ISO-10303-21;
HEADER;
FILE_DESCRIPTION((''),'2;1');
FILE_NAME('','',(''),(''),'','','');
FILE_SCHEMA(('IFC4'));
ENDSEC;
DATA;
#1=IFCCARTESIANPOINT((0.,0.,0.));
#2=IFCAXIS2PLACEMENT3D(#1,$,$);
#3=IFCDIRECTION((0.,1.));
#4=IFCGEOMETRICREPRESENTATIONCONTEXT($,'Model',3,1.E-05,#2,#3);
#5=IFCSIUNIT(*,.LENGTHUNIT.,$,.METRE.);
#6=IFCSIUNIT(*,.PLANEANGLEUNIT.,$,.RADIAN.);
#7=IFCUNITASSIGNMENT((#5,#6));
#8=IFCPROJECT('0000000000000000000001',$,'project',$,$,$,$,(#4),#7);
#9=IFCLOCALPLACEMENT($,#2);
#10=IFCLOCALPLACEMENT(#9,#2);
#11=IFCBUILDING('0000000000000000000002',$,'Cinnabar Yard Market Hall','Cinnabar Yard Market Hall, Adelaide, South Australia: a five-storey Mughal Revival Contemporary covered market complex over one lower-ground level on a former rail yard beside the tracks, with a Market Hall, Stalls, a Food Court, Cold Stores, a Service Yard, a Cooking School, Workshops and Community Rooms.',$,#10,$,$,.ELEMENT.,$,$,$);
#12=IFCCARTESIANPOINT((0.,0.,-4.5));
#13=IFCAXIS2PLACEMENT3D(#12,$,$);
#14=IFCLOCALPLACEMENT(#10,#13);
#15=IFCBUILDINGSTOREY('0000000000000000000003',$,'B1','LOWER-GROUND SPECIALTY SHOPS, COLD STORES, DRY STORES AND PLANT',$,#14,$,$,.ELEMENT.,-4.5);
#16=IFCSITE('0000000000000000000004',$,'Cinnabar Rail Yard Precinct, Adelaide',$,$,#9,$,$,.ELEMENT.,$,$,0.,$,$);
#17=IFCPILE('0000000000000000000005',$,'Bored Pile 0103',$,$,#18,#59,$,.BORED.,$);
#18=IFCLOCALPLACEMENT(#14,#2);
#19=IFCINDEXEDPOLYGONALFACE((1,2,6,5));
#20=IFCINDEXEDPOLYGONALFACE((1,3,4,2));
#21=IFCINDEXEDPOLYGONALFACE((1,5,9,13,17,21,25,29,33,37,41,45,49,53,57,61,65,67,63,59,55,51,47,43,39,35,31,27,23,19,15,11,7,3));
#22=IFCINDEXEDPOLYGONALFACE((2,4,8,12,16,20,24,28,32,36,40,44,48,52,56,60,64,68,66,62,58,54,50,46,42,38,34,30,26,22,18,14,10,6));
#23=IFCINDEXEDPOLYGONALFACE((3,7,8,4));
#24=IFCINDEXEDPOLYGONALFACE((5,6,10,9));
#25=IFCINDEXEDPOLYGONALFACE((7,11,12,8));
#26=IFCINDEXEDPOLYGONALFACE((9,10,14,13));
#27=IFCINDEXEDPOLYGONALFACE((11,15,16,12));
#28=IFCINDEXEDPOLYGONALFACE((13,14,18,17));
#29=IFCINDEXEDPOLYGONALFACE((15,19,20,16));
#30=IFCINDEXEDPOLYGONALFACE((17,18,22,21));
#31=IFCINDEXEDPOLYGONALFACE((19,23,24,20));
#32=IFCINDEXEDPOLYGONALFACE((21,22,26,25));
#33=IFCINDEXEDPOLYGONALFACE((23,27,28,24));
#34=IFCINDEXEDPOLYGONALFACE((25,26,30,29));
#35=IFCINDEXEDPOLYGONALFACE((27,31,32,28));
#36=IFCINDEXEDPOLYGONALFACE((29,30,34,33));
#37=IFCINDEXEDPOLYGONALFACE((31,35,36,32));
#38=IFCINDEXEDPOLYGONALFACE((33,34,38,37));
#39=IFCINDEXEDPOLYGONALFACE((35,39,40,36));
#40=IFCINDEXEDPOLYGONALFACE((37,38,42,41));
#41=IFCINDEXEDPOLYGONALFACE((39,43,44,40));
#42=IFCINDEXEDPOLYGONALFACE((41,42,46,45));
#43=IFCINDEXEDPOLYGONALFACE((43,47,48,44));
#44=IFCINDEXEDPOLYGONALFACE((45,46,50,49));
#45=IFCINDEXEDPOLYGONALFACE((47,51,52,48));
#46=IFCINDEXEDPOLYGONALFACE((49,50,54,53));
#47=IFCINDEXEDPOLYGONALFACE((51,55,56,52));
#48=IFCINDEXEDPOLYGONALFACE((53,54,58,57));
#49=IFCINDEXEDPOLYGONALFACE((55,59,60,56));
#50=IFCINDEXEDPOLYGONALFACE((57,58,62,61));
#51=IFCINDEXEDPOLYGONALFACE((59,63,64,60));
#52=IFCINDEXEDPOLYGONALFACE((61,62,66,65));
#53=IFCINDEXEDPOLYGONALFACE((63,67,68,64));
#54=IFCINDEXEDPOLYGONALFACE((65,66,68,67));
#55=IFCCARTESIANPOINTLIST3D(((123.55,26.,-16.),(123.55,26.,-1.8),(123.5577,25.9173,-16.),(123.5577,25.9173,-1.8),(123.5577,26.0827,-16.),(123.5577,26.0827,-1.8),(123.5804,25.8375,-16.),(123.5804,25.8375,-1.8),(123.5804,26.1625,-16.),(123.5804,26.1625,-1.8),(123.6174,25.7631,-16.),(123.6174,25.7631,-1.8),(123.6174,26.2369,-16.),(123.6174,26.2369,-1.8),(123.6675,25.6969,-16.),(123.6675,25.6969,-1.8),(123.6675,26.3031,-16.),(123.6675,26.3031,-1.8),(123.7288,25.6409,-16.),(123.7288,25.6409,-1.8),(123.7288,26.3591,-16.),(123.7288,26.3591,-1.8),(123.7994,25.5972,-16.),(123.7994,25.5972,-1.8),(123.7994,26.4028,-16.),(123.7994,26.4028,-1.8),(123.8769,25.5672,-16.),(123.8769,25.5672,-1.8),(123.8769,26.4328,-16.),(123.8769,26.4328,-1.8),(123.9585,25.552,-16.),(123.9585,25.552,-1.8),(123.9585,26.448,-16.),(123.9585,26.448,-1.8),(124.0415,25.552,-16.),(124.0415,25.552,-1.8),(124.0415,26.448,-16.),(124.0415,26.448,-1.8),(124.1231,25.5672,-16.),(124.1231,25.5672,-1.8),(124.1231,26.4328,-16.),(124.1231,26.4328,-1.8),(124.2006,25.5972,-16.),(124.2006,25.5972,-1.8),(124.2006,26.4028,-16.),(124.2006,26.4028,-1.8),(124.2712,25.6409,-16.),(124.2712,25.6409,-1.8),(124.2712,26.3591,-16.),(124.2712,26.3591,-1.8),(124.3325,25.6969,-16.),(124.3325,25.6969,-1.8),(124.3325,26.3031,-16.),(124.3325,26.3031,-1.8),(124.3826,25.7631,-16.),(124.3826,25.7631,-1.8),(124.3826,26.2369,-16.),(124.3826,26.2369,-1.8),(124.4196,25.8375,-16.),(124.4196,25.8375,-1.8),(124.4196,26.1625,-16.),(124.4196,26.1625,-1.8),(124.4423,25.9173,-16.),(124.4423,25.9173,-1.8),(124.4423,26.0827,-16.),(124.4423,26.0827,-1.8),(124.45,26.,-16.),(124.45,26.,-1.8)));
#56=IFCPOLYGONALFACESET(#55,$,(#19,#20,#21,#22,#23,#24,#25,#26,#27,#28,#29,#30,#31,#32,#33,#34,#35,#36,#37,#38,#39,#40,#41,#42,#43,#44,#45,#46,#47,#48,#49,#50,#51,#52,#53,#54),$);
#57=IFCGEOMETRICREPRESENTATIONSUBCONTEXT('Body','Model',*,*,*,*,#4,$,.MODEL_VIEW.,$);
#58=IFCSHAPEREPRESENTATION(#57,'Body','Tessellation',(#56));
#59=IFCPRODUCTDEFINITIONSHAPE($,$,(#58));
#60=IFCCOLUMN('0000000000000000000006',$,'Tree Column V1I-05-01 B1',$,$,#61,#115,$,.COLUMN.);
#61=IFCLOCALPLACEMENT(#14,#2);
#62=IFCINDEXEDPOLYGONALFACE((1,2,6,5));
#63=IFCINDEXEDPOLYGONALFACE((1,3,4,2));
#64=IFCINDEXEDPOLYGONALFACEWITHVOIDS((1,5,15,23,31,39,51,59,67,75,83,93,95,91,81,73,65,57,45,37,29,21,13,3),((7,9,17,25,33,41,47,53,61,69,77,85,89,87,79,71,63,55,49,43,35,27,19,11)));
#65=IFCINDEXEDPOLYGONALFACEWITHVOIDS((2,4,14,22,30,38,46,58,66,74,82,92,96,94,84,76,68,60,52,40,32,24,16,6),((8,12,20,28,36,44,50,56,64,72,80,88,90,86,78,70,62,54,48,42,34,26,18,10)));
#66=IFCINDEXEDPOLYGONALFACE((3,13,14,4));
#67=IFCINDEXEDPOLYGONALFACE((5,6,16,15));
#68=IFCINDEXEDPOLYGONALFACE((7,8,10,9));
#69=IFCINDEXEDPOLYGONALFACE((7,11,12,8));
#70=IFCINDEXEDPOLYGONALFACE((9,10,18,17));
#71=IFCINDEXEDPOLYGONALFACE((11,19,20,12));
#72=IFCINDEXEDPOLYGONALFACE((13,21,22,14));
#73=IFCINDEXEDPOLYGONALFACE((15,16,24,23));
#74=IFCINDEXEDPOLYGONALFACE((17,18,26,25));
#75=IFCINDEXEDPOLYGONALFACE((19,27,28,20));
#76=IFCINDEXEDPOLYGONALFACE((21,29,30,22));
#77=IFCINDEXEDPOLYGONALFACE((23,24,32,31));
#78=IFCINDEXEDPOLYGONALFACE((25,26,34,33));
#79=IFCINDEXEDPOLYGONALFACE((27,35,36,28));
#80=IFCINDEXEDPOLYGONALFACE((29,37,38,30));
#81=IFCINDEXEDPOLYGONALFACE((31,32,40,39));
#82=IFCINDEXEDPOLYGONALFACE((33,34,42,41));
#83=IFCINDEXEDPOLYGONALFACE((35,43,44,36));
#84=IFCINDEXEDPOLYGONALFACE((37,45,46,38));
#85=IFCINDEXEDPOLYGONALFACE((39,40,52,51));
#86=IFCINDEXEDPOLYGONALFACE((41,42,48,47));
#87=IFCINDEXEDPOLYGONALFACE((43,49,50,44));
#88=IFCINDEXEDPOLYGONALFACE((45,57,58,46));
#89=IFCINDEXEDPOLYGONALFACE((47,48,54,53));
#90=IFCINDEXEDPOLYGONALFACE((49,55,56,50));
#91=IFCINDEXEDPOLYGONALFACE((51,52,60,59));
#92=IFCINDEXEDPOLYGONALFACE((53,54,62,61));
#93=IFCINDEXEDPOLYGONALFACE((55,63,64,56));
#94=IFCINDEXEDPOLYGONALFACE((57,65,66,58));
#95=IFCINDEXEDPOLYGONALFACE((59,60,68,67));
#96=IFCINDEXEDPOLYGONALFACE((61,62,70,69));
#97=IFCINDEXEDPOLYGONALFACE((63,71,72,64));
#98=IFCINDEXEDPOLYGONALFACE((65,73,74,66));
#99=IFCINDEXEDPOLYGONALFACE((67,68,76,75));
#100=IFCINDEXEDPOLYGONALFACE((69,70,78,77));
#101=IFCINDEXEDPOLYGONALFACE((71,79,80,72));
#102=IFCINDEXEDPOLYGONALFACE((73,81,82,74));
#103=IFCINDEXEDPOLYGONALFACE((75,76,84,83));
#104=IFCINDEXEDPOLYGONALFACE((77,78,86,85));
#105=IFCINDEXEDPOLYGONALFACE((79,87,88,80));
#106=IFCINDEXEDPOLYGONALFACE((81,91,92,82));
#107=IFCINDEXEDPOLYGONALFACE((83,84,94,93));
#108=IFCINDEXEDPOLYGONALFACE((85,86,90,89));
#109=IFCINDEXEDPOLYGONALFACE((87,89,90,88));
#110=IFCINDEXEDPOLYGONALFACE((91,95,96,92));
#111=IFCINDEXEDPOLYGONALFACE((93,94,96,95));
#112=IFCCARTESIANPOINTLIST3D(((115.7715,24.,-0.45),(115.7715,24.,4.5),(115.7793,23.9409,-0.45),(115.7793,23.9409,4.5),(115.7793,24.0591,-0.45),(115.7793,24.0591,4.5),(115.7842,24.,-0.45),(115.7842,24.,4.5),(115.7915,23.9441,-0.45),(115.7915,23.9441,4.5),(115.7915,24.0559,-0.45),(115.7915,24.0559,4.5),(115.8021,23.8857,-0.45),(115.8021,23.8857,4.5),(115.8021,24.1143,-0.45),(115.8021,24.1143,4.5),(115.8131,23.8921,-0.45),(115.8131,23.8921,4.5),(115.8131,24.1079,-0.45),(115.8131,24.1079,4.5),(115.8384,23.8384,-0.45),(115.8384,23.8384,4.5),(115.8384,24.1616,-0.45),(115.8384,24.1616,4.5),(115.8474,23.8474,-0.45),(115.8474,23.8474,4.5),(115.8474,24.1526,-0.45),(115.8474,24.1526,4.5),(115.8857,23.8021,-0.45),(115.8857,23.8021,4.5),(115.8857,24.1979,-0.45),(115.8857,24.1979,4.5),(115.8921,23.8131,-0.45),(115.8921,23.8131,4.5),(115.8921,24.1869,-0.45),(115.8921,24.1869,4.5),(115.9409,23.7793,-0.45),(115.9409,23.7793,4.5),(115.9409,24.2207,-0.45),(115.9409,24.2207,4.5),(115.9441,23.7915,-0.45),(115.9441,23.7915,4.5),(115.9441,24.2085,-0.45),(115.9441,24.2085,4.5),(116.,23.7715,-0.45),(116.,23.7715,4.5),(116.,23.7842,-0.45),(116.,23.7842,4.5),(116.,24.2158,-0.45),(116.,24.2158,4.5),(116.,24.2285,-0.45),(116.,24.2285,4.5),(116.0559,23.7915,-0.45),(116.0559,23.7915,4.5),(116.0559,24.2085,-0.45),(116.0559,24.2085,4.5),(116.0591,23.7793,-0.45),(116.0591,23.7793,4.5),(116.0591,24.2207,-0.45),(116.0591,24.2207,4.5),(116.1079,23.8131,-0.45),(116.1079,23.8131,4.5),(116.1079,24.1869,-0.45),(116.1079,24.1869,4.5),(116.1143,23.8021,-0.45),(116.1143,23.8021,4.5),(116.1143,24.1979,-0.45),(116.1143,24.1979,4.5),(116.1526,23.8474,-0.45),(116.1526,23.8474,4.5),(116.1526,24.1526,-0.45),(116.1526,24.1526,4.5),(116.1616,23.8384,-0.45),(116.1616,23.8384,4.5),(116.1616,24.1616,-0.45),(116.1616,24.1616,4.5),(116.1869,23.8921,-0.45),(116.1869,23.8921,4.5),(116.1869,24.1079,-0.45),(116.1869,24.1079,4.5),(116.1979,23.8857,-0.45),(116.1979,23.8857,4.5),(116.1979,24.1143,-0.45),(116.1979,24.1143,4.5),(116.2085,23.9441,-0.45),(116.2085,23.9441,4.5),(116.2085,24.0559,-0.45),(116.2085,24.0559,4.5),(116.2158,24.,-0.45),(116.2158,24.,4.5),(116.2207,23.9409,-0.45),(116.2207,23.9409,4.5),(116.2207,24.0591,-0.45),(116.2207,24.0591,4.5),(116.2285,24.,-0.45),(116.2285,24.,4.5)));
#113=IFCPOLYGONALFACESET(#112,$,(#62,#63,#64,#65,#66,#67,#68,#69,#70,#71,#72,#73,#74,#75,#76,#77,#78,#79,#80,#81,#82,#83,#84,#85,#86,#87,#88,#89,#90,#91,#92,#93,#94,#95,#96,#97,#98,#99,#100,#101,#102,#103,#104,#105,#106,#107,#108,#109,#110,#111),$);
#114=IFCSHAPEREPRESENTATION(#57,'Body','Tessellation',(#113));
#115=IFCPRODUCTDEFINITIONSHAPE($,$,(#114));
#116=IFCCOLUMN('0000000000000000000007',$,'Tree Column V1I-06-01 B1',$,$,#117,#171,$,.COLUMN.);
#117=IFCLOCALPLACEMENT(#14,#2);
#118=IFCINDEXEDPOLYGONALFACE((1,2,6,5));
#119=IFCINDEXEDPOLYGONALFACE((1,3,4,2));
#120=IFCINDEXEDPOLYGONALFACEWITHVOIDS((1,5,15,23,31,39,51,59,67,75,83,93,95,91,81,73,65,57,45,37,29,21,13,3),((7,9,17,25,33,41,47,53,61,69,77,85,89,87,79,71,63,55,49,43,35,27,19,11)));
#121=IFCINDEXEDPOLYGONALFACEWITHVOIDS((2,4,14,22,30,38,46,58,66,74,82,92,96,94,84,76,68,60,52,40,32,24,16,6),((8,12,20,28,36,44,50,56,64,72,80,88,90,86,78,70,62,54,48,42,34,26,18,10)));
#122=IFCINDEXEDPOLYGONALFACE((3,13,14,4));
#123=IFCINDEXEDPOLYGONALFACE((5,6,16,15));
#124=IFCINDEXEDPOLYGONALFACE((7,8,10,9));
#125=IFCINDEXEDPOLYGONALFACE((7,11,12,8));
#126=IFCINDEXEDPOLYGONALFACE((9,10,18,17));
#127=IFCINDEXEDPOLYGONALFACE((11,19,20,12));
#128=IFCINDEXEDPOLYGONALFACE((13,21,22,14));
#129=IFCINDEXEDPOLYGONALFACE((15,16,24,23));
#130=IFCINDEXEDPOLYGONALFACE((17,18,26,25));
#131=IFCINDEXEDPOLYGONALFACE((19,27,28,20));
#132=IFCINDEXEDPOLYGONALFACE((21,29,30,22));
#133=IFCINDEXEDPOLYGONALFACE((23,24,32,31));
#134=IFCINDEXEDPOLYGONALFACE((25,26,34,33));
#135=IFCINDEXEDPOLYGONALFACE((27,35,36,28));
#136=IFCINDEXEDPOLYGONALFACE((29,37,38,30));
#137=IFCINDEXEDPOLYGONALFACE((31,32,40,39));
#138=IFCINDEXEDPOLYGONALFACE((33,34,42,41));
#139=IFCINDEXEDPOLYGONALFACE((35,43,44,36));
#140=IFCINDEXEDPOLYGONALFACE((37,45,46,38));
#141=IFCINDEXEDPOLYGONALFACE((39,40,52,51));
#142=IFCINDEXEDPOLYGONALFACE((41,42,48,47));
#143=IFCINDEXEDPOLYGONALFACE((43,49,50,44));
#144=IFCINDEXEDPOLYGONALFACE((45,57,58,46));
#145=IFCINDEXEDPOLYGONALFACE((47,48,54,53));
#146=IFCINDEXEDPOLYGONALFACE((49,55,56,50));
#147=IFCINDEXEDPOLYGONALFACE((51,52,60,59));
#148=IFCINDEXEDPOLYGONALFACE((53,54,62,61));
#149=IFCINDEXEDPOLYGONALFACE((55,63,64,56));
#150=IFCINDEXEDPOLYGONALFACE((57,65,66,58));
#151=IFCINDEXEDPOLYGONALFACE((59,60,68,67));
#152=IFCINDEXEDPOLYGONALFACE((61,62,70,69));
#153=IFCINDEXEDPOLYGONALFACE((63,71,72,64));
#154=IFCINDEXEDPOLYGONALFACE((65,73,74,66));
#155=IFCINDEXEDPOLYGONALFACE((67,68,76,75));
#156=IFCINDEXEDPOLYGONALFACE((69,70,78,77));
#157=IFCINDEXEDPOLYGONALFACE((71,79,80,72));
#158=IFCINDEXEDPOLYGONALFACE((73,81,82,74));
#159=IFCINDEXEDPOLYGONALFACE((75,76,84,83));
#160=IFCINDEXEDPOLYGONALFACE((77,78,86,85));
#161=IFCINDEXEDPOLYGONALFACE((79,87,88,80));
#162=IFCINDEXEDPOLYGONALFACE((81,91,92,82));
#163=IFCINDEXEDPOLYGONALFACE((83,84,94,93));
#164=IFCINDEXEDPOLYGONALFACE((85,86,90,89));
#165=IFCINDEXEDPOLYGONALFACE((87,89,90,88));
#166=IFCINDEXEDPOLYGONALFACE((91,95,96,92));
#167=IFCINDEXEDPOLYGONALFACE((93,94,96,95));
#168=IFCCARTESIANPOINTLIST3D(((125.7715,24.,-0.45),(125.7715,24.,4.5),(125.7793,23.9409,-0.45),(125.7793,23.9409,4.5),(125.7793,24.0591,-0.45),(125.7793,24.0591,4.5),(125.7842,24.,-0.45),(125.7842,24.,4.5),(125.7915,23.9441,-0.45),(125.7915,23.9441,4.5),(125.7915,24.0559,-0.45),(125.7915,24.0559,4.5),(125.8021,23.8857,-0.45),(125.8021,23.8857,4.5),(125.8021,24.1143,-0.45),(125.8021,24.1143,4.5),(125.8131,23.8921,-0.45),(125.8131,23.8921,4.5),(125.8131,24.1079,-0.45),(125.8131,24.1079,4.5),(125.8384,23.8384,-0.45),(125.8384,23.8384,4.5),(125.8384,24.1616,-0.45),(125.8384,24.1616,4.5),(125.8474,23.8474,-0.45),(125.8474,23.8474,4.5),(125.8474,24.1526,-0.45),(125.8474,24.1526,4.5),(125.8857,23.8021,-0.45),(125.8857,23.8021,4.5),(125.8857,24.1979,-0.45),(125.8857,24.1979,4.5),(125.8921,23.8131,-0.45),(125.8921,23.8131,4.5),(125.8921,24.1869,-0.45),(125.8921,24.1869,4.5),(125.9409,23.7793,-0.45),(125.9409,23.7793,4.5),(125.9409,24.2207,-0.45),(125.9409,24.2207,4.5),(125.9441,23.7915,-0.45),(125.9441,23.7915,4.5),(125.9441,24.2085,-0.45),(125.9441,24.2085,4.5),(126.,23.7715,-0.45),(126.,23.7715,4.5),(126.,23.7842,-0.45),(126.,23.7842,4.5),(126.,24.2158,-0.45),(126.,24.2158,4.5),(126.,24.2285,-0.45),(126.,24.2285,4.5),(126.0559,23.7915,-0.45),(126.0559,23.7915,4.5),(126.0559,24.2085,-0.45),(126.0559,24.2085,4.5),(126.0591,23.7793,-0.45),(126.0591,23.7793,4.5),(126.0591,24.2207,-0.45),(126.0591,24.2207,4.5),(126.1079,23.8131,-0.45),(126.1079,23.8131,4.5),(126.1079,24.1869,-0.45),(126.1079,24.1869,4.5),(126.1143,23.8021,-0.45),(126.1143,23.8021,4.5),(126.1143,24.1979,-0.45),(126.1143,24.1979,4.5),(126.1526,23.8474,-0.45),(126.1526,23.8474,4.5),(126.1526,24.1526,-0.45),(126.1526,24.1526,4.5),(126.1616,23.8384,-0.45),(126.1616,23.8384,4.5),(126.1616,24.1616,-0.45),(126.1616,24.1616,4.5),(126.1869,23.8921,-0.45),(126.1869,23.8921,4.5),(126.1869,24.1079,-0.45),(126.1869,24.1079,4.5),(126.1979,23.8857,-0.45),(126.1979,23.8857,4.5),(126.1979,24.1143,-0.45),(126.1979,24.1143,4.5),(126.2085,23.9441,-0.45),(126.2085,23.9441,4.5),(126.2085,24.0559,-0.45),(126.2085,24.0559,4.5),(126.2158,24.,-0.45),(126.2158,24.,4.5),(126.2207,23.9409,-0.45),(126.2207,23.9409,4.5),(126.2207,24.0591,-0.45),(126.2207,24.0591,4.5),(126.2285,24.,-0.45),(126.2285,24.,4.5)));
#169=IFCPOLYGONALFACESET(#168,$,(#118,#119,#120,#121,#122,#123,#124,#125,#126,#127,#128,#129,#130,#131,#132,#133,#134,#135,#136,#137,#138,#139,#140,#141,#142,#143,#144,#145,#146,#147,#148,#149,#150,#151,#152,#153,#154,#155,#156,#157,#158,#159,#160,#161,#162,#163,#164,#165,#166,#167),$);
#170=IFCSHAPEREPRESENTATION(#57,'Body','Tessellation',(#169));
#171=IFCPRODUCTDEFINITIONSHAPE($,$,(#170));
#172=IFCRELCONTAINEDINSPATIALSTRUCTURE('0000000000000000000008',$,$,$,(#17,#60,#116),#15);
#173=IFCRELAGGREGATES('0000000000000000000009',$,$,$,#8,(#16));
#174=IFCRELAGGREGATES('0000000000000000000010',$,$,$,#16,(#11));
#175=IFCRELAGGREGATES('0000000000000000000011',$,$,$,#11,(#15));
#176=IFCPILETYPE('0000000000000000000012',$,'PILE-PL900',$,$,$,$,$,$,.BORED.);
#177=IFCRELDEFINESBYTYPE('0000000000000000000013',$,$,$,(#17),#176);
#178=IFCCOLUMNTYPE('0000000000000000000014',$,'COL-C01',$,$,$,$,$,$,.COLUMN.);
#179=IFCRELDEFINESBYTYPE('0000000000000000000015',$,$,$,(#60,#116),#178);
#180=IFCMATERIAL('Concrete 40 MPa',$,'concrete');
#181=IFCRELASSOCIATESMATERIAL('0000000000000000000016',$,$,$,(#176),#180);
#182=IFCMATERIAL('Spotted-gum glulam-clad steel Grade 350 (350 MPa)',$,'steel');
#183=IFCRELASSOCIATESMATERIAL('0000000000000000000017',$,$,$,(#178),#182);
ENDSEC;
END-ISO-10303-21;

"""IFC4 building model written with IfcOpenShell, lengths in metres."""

from ifc_helpers import new_model, si_unit, direction, frame, origin, origin_2d_with_axis, place, context, subcontext, project, spatial, circle, hollow_circle, extrude, material, material_profile, profile_set, type_object, element, save


model = new_model("IFC4")

# Units and contexts
model_context = context("Model", 3, precision=1e-05, world=origin(), true_north=direction((0.0, 1.0)))
body_context = subcontext(model_context, "Body", "Model", "MODEL_VIEW")
ifc_project = project(units=[si_unit("LENGTHUNIT", "METRE"), si_unit("PLANEANGLEUNIT", "RADIAN")], contexts=[model_context])

# Site, building, storey
site_placement = place(None, origin())
site = spatial("IfcSite", under=ifc_project, at=site_placement, Name="Cinnabar Rail Yard Precinct, Adelaide", CompositionType="ELEMENT", RefElevation=0.0)
building_placement = place(site_placement, origin())
building = spatial("IfcBuilding", under=site, at=building_placement, Name="Cinnabar Yard Market Hall", Description="Cinnabar Yard Market Hall, Adelaide, South Australia: a five-storey Mughal Revival Contemporary covered market complex over one lower-ground level on a former rail yard beside the tracks, with a Market Hall, Stalls, a Food Court, Cold Stores, a Service Yard, a Cooking School, Workshops and Community Rooms.", CompositionType="ELEMENT")
storey_placement = place(building_placement, frame((0.0, 0.0, -4.5)))
storey = spatial("IfcBuildingStorey", under=building, at=storey_placement, Name="B1", Description="LOWER-GROUND SPECIALTY SHOPS, COLD STORES, DRY STORES AND PLANT", CompositionType="ELEMENT", Elevation=-4.5)

# Shared definitions
ifc_material_1 = material(Name="Concrete 40 MPa", Category="concrete")

# Pile
ifc_material_profile_1 = material_profile(ifc_material_1, circle(Radius=0.45, at=origin_2d_with_axis()), Name="PILE-D900")
ifc_profile_set_1 = profile_set([ifc_material_profile_1], Name="Concrete 40 MPa")
pile_type_1 = type_object("IfcPileType", Name="PILE-PL900", PredefinedType="BORED", material=ifc_profile_set_1)
for number, where, z_axis, x_axis, name in (
    (1, (124.0, 26.0, -1.8), (0.0, 0.0, -1.0), (1.0, 0.0, 0.0), "Bored Pile 0103"),
):
    element("IfcPile", number, at=place(storey_placement, frame(where, z_axis=z_axis, x_axis=x_axis)), inside=storey, type_object=pile_type_1, Name=name, PredefinedType="BORED", context=body_context, shape_type="SweptSolid", body=[
        extrude(circle(Radius=0.45, at=origin_2d_with_axis()), origin(), (0.0, 0.0, 1.0), 14.2),
    ])

# Columns
ifc_material_2 = material(Name="Spotted-gum glulam-clad steel Grade 350 (350 MPa)", Category="steel")
ifc_material_profile_2 = material_profile(ifc_material_2, hollow_circle(Radius=0.2285, WallThickness=0.0127, at=origin_2d_with_axis()), Name="457.0x12.7CHS")
ifc_profile_set_2 = profile_set([ifc_material_profile_2], Name="Spotted-gum glulam-clad steel Grade 350 (350 MPa)")
column_type_1 = type_object("IfcColumnType", Name="COL-C01", PredefinedType="COLUMN", material=ifc_profile_set_2)
for number, where, z_axis, x_axis, name in (
    (2, (116.0, 24.0, -0.45), (0.0, 0.0, 1.0), (1.0, 0.0, 0.0), "Tree Column V1I-05-01 B1"),
    (3, (126.0, 24.0, -0.45), (0.0, 0.0, 1.0), (1.0, 0.0, 0.0), "Tree Column V1I-06-01 B1"),
):
    element("IfcColumn", number, at=place(storey_placement, frame(where, z_axis=z_axis, x_axis=x_axis)), inside=storey, type_object=column_type_1, Name=name, PredefinedType="COLUMN", context=body_context, shape_type="SweptSolid", body=[
        extrude(hollow_circle(Radius=0.2285, WallThickness=0.0127, at=origin_2d_with_axis()), origin(), (0.0, 0.0, 1.0), 4.95),
    ])

save(model, "model.ifc")
